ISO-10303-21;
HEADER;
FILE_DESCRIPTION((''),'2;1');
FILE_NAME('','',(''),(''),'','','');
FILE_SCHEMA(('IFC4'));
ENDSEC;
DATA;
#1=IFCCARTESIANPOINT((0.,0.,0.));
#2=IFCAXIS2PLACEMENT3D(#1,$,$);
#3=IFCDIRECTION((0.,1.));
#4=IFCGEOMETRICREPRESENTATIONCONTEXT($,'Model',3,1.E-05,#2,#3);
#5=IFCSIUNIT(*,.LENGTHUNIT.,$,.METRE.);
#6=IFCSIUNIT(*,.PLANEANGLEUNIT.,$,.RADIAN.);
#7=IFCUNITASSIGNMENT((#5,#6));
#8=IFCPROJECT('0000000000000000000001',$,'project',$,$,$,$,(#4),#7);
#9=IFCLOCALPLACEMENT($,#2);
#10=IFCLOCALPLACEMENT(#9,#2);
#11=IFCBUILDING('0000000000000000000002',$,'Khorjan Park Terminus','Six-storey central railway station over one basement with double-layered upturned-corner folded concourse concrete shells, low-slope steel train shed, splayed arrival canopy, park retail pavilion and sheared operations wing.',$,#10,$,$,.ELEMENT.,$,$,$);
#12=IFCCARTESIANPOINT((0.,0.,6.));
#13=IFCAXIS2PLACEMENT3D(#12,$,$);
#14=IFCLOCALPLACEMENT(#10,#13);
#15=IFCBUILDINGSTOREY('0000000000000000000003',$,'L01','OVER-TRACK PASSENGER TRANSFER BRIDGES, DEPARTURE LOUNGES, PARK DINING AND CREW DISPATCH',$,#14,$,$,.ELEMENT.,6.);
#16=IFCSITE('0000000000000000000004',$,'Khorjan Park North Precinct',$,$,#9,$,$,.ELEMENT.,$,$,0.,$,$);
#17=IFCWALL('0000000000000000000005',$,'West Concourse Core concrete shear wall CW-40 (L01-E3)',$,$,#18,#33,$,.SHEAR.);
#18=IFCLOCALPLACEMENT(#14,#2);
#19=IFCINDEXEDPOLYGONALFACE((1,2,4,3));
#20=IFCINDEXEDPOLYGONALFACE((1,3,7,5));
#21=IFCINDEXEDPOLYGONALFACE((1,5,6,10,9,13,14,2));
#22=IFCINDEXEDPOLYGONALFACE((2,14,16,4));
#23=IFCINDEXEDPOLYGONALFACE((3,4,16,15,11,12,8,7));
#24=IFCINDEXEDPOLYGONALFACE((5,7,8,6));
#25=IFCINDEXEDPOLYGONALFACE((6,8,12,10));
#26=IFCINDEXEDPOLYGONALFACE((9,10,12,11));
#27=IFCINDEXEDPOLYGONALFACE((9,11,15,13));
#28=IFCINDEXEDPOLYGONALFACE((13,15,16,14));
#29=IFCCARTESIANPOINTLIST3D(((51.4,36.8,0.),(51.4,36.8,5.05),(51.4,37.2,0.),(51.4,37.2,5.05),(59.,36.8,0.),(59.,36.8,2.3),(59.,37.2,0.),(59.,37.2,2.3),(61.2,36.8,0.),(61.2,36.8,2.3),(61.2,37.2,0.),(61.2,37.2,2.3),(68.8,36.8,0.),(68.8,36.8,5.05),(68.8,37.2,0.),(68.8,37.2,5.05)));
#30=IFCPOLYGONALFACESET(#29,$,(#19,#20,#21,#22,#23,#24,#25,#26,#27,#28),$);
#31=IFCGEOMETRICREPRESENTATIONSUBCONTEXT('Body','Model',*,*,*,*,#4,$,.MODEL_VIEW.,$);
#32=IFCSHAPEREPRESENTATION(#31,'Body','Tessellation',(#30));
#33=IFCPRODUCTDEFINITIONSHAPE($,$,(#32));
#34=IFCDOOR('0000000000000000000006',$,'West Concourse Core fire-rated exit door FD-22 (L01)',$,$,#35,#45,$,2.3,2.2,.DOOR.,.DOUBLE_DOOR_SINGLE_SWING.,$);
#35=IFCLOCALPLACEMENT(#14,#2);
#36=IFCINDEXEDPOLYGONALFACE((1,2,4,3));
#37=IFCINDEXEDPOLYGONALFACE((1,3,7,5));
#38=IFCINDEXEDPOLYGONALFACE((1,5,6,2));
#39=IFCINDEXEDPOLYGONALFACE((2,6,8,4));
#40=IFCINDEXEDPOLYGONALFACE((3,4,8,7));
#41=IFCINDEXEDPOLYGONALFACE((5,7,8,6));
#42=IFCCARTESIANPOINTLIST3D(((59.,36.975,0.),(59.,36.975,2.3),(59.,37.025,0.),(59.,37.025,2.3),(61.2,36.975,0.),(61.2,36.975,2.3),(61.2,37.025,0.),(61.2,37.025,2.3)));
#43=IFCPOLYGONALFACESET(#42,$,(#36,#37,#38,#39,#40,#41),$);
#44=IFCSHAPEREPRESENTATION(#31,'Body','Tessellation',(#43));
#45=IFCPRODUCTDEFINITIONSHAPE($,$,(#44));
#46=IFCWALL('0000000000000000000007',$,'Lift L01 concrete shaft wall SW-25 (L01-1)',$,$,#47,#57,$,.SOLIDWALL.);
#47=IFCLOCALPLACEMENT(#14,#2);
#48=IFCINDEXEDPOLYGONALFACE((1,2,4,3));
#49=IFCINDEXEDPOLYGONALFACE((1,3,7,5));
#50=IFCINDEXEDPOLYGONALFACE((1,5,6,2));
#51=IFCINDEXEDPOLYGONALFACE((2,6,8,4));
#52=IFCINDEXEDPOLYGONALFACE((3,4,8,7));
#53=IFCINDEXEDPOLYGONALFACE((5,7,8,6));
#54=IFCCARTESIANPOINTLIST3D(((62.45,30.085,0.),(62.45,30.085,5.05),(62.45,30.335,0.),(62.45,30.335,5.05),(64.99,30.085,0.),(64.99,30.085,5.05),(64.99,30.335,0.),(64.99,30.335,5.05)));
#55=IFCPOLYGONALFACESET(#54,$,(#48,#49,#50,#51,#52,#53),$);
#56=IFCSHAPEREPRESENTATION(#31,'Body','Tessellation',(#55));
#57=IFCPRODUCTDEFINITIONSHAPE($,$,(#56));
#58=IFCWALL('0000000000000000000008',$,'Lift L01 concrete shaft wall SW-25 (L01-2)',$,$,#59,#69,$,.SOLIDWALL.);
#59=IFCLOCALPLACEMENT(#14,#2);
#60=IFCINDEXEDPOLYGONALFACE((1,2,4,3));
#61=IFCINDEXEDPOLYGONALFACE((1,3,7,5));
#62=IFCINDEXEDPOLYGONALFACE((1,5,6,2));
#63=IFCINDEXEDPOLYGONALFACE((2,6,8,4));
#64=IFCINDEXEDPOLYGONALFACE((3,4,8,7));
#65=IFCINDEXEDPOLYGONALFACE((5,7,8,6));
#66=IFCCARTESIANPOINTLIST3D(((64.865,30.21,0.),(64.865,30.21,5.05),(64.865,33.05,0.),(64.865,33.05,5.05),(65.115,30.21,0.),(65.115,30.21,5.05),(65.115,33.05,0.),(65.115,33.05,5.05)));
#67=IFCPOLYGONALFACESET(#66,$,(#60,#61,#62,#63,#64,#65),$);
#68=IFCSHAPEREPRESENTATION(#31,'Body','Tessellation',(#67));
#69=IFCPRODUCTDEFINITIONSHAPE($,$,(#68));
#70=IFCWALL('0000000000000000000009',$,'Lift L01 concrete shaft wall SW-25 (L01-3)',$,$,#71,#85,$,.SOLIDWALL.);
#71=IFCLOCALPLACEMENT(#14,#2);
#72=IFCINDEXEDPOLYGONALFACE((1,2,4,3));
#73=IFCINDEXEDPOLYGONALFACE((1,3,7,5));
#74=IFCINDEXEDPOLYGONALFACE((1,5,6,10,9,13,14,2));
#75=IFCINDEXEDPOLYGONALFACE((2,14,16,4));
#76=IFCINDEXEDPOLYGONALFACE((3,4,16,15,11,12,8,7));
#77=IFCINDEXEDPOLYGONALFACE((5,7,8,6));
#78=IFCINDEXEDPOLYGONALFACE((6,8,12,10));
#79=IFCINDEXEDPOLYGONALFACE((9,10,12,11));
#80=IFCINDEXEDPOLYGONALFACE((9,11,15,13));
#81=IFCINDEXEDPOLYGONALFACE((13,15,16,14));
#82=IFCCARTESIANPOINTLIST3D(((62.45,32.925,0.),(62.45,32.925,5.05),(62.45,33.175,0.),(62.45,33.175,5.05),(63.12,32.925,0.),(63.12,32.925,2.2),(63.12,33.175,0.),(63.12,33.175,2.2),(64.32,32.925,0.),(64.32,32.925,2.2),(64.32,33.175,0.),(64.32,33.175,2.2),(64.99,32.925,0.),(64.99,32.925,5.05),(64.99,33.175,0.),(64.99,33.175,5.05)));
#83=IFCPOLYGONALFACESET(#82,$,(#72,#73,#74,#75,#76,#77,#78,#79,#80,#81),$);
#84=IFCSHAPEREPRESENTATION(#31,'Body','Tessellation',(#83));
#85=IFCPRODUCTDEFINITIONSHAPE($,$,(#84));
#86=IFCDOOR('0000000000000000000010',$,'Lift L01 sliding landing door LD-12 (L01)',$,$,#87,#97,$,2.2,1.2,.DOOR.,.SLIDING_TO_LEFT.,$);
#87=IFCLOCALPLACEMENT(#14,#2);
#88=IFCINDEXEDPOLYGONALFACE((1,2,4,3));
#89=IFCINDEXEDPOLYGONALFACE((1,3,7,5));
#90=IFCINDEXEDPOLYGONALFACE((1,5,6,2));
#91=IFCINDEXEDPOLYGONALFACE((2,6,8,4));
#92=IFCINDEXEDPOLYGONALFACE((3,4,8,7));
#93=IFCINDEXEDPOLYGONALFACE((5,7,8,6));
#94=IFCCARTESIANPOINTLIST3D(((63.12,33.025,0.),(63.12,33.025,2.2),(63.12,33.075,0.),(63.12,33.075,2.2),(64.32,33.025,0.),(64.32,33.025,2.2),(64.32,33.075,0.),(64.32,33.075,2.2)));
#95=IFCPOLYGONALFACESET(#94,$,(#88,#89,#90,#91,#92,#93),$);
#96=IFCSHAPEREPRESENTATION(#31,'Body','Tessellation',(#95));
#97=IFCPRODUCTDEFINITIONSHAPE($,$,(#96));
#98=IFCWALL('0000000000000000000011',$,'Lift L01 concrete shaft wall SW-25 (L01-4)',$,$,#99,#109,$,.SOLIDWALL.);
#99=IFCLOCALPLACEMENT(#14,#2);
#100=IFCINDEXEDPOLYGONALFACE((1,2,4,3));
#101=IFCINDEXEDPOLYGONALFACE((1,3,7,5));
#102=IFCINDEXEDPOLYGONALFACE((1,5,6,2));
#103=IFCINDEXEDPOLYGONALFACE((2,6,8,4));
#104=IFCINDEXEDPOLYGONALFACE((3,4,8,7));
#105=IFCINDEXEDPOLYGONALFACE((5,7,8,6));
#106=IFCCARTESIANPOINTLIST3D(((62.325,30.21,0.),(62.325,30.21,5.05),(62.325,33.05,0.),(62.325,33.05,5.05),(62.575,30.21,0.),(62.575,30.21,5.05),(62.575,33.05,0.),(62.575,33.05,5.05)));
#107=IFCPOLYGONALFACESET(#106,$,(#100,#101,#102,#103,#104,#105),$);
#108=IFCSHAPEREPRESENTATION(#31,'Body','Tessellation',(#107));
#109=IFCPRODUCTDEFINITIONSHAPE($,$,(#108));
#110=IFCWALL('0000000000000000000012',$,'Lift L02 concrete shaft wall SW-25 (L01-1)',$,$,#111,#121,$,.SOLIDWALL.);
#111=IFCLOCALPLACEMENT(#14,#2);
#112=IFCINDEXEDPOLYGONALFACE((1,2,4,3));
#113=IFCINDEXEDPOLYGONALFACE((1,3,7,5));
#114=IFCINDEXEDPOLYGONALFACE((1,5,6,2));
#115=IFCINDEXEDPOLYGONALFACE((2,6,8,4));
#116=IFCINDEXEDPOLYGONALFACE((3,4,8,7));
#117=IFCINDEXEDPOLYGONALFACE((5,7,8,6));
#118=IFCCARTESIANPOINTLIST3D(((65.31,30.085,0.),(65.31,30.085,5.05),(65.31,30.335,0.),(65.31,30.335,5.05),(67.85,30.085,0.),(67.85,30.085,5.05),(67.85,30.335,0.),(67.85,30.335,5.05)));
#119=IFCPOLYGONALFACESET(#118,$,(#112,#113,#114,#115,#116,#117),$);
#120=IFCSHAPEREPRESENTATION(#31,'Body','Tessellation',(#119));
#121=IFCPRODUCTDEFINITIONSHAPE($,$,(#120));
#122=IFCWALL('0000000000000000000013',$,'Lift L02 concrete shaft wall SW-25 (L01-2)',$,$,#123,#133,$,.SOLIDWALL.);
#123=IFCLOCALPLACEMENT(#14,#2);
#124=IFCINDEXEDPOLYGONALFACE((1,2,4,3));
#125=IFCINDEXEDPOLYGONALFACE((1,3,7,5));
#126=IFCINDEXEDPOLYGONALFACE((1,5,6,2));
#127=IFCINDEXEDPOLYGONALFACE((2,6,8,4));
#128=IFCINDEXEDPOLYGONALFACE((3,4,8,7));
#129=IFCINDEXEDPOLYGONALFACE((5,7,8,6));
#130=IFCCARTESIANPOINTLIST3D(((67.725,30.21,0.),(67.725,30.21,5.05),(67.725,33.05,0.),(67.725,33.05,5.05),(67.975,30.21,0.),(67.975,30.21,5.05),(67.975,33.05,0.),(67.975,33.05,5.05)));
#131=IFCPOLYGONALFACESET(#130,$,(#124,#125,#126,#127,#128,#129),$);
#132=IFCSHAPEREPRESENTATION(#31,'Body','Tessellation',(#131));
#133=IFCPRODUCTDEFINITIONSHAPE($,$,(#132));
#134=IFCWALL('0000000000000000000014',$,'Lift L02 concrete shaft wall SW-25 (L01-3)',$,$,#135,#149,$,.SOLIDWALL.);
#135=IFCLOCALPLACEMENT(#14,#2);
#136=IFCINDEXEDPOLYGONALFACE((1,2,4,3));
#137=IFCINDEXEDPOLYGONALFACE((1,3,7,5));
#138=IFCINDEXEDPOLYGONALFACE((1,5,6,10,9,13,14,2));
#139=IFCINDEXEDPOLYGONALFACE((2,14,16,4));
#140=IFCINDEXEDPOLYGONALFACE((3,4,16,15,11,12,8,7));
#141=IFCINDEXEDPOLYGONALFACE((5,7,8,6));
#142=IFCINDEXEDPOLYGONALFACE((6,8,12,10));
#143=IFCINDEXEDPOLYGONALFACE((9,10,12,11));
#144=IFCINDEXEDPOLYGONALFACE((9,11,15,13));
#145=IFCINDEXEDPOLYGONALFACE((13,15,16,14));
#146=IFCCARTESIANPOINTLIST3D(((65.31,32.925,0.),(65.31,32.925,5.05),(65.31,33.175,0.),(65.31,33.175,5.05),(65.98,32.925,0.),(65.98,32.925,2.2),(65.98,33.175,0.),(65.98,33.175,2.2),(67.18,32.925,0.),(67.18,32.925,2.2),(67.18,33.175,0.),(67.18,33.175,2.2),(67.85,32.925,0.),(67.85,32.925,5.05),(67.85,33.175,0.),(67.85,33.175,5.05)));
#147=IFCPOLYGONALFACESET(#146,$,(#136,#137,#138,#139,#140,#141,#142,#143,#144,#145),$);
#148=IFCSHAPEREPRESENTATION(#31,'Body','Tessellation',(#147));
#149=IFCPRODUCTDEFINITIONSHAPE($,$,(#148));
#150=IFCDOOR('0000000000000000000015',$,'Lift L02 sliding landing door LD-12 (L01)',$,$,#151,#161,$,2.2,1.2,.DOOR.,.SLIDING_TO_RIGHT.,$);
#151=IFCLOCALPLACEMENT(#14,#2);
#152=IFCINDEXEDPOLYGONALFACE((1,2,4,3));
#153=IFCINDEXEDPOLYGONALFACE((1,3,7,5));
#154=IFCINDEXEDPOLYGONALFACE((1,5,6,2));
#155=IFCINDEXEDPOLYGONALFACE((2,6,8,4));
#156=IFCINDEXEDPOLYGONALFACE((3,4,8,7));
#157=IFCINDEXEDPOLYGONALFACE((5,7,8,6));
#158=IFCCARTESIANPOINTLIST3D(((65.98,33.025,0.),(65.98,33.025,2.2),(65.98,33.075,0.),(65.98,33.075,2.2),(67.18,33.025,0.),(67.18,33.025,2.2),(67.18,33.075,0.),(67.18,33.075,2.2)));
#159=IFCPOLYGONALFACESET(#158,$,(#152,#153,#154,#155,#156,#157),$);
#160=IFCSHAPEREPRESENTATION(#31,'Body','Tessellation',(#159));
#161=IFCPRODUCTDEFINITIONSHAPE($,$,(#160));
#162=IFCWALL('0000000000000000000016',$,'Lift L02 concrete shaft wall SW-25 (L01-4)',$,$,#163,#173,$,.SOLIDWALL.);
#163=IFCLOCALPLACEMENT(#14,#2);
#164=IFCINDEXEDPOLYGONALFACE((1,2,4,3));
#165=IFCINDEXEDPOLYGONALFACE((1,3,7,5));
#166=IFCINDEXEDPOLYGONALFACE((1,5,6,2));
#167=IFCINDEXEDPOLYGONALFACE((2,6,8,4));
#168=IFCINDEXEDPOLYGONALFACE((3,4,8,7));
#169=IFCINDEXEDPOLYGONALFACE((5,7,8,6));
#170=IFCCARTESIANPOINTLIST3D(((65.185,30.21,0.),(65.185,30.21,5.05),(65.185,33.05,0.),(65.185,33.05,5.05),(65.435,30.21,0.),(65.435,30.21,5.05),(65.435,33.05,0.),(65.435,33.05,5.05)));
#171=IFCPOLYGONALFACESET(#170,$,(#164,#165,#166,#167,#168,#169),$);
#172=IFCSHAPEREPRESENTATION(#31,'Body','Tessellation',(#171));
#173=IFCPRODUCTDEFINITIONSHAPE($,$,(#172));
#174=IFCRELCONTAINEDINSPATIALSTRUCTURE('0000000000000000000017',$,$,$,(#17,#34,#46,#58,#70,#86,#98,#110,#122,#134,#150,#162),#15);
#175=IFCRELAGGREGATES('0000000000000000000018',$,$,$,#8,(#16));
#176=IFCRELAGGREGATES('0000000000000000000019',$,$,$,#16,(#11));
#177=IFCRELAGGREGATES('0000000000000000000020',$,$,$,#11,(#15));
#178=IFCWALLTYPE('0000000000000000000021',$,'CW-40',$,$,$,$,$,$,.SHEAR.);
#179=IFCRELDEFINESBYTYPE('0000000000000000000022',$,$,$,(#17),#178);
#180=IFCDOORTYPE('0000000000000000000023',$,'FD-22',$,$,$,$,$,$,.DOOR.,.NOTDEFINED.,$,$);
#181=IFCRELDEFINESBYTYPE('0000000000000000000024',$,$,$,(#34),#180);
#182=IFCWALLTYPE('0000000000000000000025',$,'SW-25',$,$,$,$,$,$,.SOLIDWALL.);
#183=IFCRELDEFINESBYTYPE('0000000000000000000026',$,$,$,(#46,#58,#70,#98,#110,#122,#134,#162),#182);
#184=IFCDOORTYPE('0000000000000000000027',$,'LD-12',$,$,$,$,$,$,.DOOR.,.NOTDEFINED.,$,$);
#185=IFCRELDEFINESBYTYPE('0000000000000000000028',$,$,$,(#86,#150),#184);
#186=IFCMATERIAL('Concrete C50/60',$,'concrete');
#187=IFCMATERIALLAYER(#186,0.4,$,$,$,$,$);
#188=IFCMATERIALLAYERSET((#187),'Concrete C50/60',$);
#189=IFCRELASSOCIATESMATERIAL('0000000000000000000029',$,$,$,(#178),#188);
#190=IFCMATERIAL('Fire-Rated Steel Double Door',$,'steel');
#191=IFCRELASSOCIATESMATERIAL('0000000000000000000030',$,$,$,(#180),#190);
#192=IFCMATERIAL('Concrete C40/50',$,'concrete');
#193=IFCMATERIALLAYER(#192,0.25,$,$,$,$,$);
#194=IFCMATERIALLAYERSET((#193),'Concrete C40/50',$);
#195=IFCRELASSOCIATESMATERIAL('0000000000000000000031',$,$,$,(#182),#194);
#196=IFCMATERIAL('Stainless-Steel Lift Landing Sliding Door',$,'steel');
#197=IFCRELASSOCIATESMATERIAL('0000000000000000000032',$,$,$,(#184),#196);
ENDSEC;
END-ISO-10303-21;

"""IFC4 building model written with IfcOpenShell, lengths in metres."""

from ifc_helpers import new_model, si_unit, direction, frame, frame_2d, origin, place, context, subcontext, project, spatial, rectangle, extrude, material, layer, layer_set, type_object, element, fill, save


model = new_model("IFC4")

# Units and contexts
model_context = context("Model", 3, precision=1e-05, world=origin(), true_north=direction((0.0, 1.0)))
body_context = subcontext(model_context, "Body", "Model", "MODEL_VIEW")
ifc_project = project(units=[si_unit("LENGTHUNIT", "METRE"), si_unit("PLANEANGLEUNIT", "RADIAN")], contexts=[model_context])

# Site, building, storey
site_placement = place(None, origin())
site = spatial("IfcSite", under=ifc_project, at=site_placement, Name="Khorjan Park North Precinct", CompositionType="ELEMENT", RefElevation=0.0)
building_placement = place(site_placement, origin())
building = spatial("IfcBuilding", under=site, at=building_placement, Name="Khorjan Park Terminus", Description="Six-storey central railway station over one basement with double-layered upturned-corner folded concourse concrete shells, low-slope steel train shed, splayed arrival canopy, park retail pavilion and sheared operations wing.", CompositionType="ELEMENT")
storey_placement = place(building_placement, frame((0.0, 0.0, 6.0)))
storey = spatial("IfcBuildingStorey", under=building, at=storey_placement, Name="L01", Description="OVER-TRACK PASSENGER TRANSFER BRIDGES, DEPARTURE LOUNGES, PARK DINING AND CREW DISPATCH", CompositionType="ELEMENT", Elevation=6.0)

# Wall, opening, door
ifc_material_1 = material(Name="Concrete C50/60", Category="concrete")
ifc_layer_1 = layer(ifc_material_1, 0.4)
ifc_layer_set_1 = layer_set([ifc_layer_1], Name="Concrete C50/60")
wall_type_1 = type_object("IfcWallType", Name="CW-40", PredefinedType="SHEAR", material=ifc_layer_set_1)
wall_1_placement = place(storey_placement, frame((68.8, 37.0, 0.0), z_axis=(0.0, 0.0, 1.0), x_axis=(-1.0, 0.0, 0.0)))
wall_1 = element("IfcWall", 1, at=wall_1_placement, inside=storey, type_object=wall_type_1, Name="West Concourse Core concrete shear wall CW-40 (L01-E3)", PredefinedType="SHEAR", context=body_context, shape_type="SweptSolid", body=[
    extrude(rectangle(XDim=17.4, YDim=0.4, at=frame_2d((8.7, 0.0))), origin(), (0.0, 0.0, 1.0), 5.05),
])
opening_1_placement = place(wall_1_placement, frame((7.6, 0.0, 0.0)))
opening_1 = element("IfcOpeningElement", 2, at=opening_1_placement, cuts=wall_1, PredefinedType="OPENING", context=body_context, shape_type="SweptSolid", body=[
    extrude(rectangle(XDim=2.2, YDim=2.3, at=frame_2d((1.1, 1.15))), frame((0.0, 0.21, 0.0), z_axis=(0.0, -1.0, 0.0), x_axis=(1.0, 0.0, 0.0)), (0.0, 0.0, 1.0), 0.42),
])
ifc_material_2 = material(Name="Fire-Rated Steel Double Door", Category="steel")
door_type_1 = type_object("IfcDoorType", Name="FD-22", OperationType="NOTDEFINED", PredefinedType="DOOR", material=ifc_material_2)
door_1_placement = place(opening_1_placement, origin())
door_1 = element("IfcDoor", 3, at=door_1_placement, inside=storey, type_object=door_type_1, Name="West Concourse Core fire-rated exit door FD-22 (L01)", OperationType="DOUBLE_DOOR_SINGLE_SWING", OverallHeight=2.3, OverallWidth=2.2, PredefinedType="DOOR", context=body_context, shape_type="SweptSolid", body=[
    extrude(rectangle(XDim=2.2, YDim=2.3, at=frame_2d((1.1, 1.15))), frame((0.0, 0.025, 0.0), z_axis=(0.0, -1.0, 0.0), x_axis=(1.0, 0.0, 0.0)), (0.0, 0.0, 1.0), 0.05),
])
fill(opening_1, door_1)

# Walls
ifc_material_3 = material(Name="Concrete C40/50", Category="concrete")
ifc_layer_2 = layer(ifc_material_3, 0.25)
ifc_layer_set_2 = layer_set([ifc_layer_2], Name="Concrete C40/50")
wall_type_2 = type_object("IfcWallType", Name="SW-25", PredefinedType="SOLIDWALL", material=ifc_layer_set_2)
wall_2_placement = place(storey_placement, frame((62.45, 30.21, 0.0), z_axis=(0.0, 0.0, 1.0), x_axis=(1.0, 0.0, 0.0)))
element("IfcWall", 4, at=wall_2_placement, inside=storey, type_object=wall_type_2, Name="Lift L01 concrete shaft wall SW-25 (L01-1)", PredefinedType="SOLIDWALL", context=body_context, shape_type="SweptSolid", body=[
    extrude(rectangle(XDim=2.54, YDim=0.25, at=frame_2d((1.27, 0.0))), origin(), (0.0, 0.0, 1.0), 5.05),
])
wall_3_placement = place(storey_placement, frame((64.99, 30.21, 0.0), z_axis=(0.0, 0.0, 1.0), x_axis=(0.0, 1.0, 0.0)))
element("IfcWall", 5, at=wall_3_placement, inside=storey, type_object=wall_type_2, Name="Lift L01 concrete shaft wall SW-25 (L01-2)", PredefinedType="SOLIDWALL", context=body_context, shape_type="SweptSolid", body=[
    extrude(rectangle(XDim=2.84, YDim=0.25, at=frame_2d((1.42, 0.0))), origin(), (0.0, 0.0, 1.0), 5.05),
])

# Wall, opening, door
wall_4_placement = place(storey_placement, frame((64.99, 33.05, 0.0), z_axis=(0.0, 0.0, 1.0), x_axis=(-1.0, 0.0, 0.0)))
wall_4 = element("IfcWall", 6, at=wall_4_placement, inside=storey, type_object=wall_type_2, Name="Lift L01 concrete shaft wall SW-25 (L01-3)", PredefinedType="SOLIDWALL", context=body_context, shape_type="SweptSolid", body=[
    extrude(rectangle(XDim=2.54, YDim=0.25, at=frame_2d((1.27, 0.0))), origin(), (0.0, 0.0, 1.0), 5.05),
])
opening_2_placement = place(wall_4_placement, frame((0.67, 0.0, 0.0)))
opening_2 = element("IfcOpeningElement", 7, at=opening_2_placement, cuts=wall_4, PredefinedType="OPENING", context=body_context, shape_type="SweptSolid", body=[
    extrude(rectangle(XDim=1.2, YDim=2.2, at=frame_2d((0.6, 1.1))), frame((0.0, 0.135, 0.0), z_axis=(0.0, -1.0, 0.0), x_axis=(1.0, 0.0, 0.0)), (0.0, 0.0, 1.0), 0.27),
])
ifc_material_4 = material(Name="Stainless-Steel Lift Landing Sliding Door", Category="steel")
door_type_2 = type_object("IfcDoorType", Name="LD-12", OperationType="NOTDEFINED", PredefinedType="DOOR", material=ifc_material_4)
door_2_placement = place(opening_2_placement, origin())
door_2 = element("IfcDoor", 8, at=door_2_placement, inside=storey, type_object=door_type_2, Name="Lift L01 sliding landing door LD-12 (L01)", OperationType="SLIDING_TO_LEFT", OverallHeight=2.2, OverallWidth=1.2, PredefinedType="DOOR", context=body_context, shape_type="SweptSolid", body=[
    extrude(rectangle(XDim=1.2, YDim=2.2, at=frame_2d((0.6, 1.1))), frame((0.0, 0.025, 0.0), z_axis=(0.0, -1.0, 0.0), x_axis=(1.0, 0.0, 0.0)), (0.0, 0.0, 1.0), 0.05),
])
fill(opening_2, door_2)

# Walls
wall_5_placement = place(storey_placement, frame((62.45, 33.05, 0.0), z_axis=(0.0, 0.0, 1.0), x_axis=(0.0, -1.0, 0.0)))
element("IfcWall", 9, at=wall_5_placement, inside=storey, type_object=wall_type_2, Name="Lift L01 concrete shaft wall SW-25 (L01-4)", PredefinedType="SOLIDWALL", context=body_context, shape_type="SweptSolid", body=[
    extrude(rectangle(XDim=2.84, YDim=0.25, at=frame_2d((1.42, 0.0))), origin(), (0.0, 0.0, 1.0), 5.05),
])
wall_6_placement = place(storey_placement, frame((65.31, 30.21, 0.0), z_axis=(0.0, 0.0, 1.0), x_axis=(1.0, 0.0, 0.0)))
element("IfcWall", 10, at=wall_6_placement, inside=storey, type_object=wall_type_2, Name="Lift L02 concrete shaft wall SW-25 (L01-1)", PredefinedType="SOLIDWALL", context=body_context, shape_type="SweptSolid", body=[
    extrude(rectangle(XDim=2.54, YDim=0.25, at=frame_2d((1.27, 0.0))), origin(), (0.0, 0.0, 1.0), 5.05),
])
wall_7_placement = place(storey_placement, frame((67.85, 30.21, 0.0), z_axis=(0.0, 0.0, 1.0), x_axis=(0.0, 1.0, 0.0)))
element("IfcWall", 11, at=wall_7_placement, inside=storey, type_object=wall_type_2, Name="Lift L02 concrete shaft wall SW-25 (L01-2)", PredefinedType="SOLIDWALL", context=body_context, shape_type="SweptSolid", body=[
    extrude(rectangle(XDim=2.84, YDim=0.25, at=frame_2d((1.42, 0.0))), origin(), (0.0, 0.0, 1.0), 5.05),
])

# Wall, opening, door
wall_8_placement = place(storey_placement, frame((67.85, 33.05, 0.0), z_axis=(0.0, 0.0, 1.0), x_axis=(-1.0, 0.0, 0.0)))
wall_8 = element("IfcWall", 12, at=wall_8_placement, inside=storey, type_object=wall_type_2, Name="Lift L02 concrete shaft wall SW-25 (L01-3)", PredefinedType="SOLIDWALL", context=body_context, shape_type="SweptSolid", body=[
    extrude(rectangle(XDim=2.54, YDim=0.25, at=frame_2d((1.27, 0.0))), origin(), (0.0, 0.0, 1.0), 5.05),
])
opening_3_placement = place(wall_8_placement, frame((0.67, 0.0, 0.0)))
opening_3 = element("IfcOpeningElement", 13, at=opening_3_placement, cuts=wall_8, PredefinedType="OPENING", context=body_context, shape_type="SweptSolid", body=[
    extrude(rectangle(XDim=1.2, YDim=2.2, at=frame_2d((0.6, 1.1))), frame((0.0, 0.135, 0.0), z_axis=(0.0, -1.0, 0.0), x_axis=(1.0, 0.0, 0.0)), (0.0, 0.0, 1.0), 0.27),
])
door_3_placement = place(opening_3_placement, origin())
door_3 = element("IfcDoor", 14, at=door_3_placement, inside=storey, type_object=door_type_2, Name="Lift L02 sliding landing door LD-12 (L01)", OperationType="SLIDING_TO_RIGHT", OverallHeight=2.2, OverallWidth=1.2, PredefinedType="DOOR", context=body_context, shape_type="SweptSolid", body=[
    extrude(rectangle(XDim=1.2, YDim=2.2, at=frame_2d((0.6, 1.1))), frame((0.0, 0.025, 0.0), z_axis=(0.0, -1.0, 0.0), x_axis=(1.0, 0.0, 0.0)), (0.0, 0.0, 1.0), 0.05),
])
fill(opening_3, door_3)

# Wall
wall_9_placement = place(storey_placement, frame((65.31, 33.05, 0.0), z_axis=(0.0, 0.0, 1.0), x_axis=(0.0, -1.0, 0.0)))
element("IfcWall", 15, at=wall_9_placement, inside=storey, type_object=wall_type_2, Name="Lift L02 concrete shaft wall SW-25 (L01-4)", PredefinedType="SOLIDWALL", context=body_context, shape_type="SweptSolid", body=[
    extrude(rectangle(XDim=2.84, YDim=0.25, at=frame_2d((1.42, 0.0))), origin(), (0.0, 0.0, 1.0), 5.05),
])

save(model, "model.ifc")
